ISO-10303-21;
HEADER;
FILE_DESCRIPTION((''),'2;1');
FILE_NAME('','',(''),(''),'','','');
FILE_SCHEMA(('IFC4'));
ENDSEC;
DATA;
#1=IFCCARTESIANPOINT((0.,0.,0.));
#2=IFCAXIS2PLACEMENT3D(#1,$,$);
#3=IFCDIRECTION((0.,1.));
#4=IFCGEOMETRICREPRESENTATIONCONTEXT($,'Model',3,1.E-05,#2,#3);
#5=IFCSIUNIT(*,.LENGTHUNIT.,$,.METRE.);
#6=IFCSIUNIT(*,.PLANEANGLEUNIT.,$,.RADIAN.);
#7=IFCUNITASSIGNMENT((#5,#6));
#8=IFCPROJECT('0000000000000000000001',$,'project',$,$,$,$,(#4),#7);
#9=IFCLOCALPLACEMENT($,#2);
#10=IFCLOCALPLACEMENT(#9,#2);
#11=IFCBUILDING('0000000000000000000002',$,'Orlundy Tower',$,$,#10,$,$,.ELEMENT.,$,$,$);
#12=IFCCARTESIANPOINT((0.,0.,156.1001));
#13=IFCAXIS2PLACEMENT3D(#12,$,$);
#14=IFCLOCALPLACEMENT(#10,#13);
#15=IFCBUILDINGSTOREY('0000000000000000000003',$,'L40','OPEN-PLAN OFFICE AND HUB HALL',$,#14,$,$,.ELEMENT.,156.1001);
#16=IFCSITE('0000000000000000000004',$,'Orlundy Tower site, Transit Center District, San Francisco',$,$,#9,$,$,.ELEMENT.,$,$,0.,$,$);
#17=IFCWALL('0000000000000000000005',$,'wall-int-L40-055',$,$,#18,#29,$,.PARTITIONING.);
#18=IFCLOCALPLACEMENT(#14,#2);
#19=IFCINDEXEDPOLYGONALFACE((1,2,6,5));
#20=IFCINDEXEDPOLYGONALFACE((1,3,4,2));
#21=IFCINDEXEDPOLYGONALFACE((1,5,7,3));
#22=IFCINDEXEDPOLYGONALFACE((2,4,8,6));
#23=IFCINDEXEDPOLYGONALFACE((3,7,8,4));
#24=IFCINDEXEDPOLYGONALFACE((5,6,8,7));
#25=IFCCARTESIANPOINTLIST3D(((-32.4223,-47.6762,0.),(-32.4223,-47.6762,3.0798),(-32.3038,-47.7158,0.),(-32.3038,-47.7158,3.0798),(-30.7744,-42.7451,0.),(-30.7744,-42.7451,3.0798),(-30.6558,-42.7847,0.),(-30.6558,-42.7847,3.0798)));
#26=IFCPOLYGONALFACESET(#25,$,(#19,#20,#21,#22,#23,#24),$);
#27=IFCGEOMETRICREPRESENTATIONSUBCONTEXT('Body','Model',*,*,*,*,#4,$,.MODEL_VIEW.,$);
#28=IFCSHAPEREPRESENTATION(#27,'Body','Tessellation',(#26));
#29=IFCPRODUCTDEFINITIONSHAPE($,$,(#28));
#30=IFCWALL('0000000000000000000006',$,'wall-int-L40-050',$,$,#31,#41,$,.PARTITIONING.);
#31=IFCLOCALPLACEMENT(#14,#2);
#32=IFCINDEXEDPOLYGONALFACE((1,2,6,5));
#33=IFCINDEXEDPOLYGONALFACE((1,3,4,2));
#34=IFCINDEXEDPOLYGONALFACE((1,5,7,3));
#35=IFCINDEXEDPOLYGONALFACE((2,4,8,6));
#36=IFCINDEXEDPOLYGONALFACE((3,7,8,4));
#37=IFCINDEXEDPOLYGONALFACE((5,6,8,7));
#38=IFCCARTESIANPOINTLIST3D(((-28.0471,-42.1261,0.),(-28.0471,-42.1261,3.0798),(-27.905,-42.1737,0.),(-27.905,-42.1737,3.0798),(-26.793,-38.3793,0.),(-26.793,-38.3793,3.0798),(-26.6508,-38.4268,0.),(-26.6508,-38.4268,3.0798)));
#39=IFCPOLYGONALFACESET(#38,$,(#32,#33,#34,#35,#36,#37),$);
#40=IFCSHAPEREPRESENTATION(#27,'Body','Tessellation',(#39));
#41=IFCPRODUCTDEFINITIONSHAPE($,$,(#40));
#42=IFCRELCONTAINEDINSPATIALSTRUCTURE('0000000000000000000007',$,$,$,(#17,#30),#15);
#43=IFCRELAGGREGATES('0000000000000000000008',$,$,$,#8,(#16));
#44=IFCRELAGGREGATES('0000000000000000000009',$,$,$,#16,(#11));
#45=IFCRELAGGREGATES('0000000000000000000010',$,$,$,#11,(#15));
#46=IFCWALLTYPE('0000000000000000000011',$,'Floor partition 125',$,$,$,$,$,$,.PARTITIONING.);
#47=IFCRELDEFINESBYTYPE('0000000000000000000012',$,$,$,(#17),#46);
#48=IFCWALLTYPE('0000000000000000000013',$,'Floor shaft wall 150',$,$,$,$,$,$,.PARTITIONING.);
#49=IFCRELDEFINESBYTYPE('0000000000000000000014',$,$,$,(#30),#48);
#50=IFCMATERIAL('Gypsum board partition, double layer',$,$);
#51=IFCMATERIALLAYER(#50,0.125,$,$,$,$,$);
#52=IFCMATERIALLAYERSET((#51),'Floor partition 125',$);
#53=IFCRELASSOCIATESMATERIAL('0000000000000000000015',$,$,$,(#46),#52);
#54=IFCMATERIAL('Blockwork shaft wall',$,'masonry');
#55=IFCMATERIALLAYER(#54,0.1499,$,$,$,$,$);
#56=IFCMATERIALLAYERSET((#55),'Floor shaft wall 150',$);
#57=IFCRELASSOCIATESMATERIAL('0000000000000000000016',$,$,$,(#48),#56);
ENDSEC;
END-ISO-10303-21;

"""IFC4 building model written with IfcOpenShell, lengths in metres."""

from ifc_helpers import new_model, si_unit, direction, frame, frame_2d, origin, place, context, subcontext, project, spatial, rectangle, extrude, material, layer, layer_set, type_object, element, save


model = new_model("IFC4")

# Units and contexts
model_context = context("Model", 3, precision=1e-05, world=origin(), true_north=direction((0.0, 1.0)))
body_context = subcontext(model_context, "Body", "Model", "MODEL_VIEW")
ifc_project = project(units=[si_unit("LENGTHUNIT", "METRE"), si_unit("PLANEANGLEUNIT", "RADIAN")], contexts=[model_context])

# Site, building, storey
site_placement = place(None, origin())
site = spatial("IfcSite", under=ifc_project, at=site_placement, Name="Orlundy Tower site, Transit Center District, San Francisco", CompositionType="ELEMENT", RefElevation=0.0)
building_placement = place(site_placement, origin())
building = spatial("IfcBuilding", under=site, at=building_placement, Name="Orlundy Tower", CompositionType="ELEMENT")
storey_placement = place(building_placement, frame((0.0, 0.0, 156.1001)))
storey = spatial("IfcBuildingStorey", under=building, at=storey_placement, Name="L40", Description="OPEN-PLAN OFFICE AND HUB HALL", CompositionType="ELEMENT", Elevation=156.1001)

# Shared definitions
ifc_material_1 = material(Name="Gypsum board partition, double layer")
ifc_layer_1 = layer(ifc_material_1, 0.125)
ifc_layer_set_1 = layer_set([ifc_layer_1], Name="Floor partition 125")
wall_type_1 = type_object("IfcWallType", Name="Floor partition 125", PredefinedType="PARTITIONING", material=ifc_layer_set_1)

# Walls
wall_1_placement = place(storey_placement, frame((-30.7151, -42.7649, 0.0), z_axis=(0.0, 0.0, 1.0), x_axis=(-0.31696, -0.948439, 0.0)))
element("IfcWall", 1, at=wall_1_placement, inside=storey, type_object=wall_type_1, Name="wall-int-L40-055", PredefinedType="PARTITIONING", context=body_context, shape_type="SweptSolid", body=[
    extrude(rectangle(XDim=5.1992, YDim=0.125, at=frame_2d((2.5996, 0.0))), origin(), (0.0, 0.0, 1.0), 3.0798),
])
ifc_material_2 = material(Name="Blockwork shaft wall", Category="masonry")
ifc_layer_2 = layer(ifc_material_2, 0.1499)
ifc_layer_set_2 = layer_set([ifc_layer_2], Name="Floor shaft wall 150")
wall_type_2 = type_object("IfcWallType", Name="Floor shaft wall 150", PredefinedType="PARTITIONING", material=ifc_layer_set_2)
wall_2_placement = place(storey_placement, frame((-27.9761, -42.1499, 0.0), z_axis=(0.0, 0.0, 1.0), x_axis=(0.317414, 0.948287, 0.0)))
element("IfcWall", 2, at=wall_2_placement, inside=storey, type_object=wall_type_2, Name="wall-int-L40-050", PredefinedType="PARTITIONING", context=body_context, shape_type="SweptSolid", body=[
    extrude(rectangle(XDim=3.9512, YDim=0.1499, at=frame_2d((1.9756, 0.0))), origin(), (0.0, 0.0, 1.0), 3.0798),
])

save(model, "model.ifc")
